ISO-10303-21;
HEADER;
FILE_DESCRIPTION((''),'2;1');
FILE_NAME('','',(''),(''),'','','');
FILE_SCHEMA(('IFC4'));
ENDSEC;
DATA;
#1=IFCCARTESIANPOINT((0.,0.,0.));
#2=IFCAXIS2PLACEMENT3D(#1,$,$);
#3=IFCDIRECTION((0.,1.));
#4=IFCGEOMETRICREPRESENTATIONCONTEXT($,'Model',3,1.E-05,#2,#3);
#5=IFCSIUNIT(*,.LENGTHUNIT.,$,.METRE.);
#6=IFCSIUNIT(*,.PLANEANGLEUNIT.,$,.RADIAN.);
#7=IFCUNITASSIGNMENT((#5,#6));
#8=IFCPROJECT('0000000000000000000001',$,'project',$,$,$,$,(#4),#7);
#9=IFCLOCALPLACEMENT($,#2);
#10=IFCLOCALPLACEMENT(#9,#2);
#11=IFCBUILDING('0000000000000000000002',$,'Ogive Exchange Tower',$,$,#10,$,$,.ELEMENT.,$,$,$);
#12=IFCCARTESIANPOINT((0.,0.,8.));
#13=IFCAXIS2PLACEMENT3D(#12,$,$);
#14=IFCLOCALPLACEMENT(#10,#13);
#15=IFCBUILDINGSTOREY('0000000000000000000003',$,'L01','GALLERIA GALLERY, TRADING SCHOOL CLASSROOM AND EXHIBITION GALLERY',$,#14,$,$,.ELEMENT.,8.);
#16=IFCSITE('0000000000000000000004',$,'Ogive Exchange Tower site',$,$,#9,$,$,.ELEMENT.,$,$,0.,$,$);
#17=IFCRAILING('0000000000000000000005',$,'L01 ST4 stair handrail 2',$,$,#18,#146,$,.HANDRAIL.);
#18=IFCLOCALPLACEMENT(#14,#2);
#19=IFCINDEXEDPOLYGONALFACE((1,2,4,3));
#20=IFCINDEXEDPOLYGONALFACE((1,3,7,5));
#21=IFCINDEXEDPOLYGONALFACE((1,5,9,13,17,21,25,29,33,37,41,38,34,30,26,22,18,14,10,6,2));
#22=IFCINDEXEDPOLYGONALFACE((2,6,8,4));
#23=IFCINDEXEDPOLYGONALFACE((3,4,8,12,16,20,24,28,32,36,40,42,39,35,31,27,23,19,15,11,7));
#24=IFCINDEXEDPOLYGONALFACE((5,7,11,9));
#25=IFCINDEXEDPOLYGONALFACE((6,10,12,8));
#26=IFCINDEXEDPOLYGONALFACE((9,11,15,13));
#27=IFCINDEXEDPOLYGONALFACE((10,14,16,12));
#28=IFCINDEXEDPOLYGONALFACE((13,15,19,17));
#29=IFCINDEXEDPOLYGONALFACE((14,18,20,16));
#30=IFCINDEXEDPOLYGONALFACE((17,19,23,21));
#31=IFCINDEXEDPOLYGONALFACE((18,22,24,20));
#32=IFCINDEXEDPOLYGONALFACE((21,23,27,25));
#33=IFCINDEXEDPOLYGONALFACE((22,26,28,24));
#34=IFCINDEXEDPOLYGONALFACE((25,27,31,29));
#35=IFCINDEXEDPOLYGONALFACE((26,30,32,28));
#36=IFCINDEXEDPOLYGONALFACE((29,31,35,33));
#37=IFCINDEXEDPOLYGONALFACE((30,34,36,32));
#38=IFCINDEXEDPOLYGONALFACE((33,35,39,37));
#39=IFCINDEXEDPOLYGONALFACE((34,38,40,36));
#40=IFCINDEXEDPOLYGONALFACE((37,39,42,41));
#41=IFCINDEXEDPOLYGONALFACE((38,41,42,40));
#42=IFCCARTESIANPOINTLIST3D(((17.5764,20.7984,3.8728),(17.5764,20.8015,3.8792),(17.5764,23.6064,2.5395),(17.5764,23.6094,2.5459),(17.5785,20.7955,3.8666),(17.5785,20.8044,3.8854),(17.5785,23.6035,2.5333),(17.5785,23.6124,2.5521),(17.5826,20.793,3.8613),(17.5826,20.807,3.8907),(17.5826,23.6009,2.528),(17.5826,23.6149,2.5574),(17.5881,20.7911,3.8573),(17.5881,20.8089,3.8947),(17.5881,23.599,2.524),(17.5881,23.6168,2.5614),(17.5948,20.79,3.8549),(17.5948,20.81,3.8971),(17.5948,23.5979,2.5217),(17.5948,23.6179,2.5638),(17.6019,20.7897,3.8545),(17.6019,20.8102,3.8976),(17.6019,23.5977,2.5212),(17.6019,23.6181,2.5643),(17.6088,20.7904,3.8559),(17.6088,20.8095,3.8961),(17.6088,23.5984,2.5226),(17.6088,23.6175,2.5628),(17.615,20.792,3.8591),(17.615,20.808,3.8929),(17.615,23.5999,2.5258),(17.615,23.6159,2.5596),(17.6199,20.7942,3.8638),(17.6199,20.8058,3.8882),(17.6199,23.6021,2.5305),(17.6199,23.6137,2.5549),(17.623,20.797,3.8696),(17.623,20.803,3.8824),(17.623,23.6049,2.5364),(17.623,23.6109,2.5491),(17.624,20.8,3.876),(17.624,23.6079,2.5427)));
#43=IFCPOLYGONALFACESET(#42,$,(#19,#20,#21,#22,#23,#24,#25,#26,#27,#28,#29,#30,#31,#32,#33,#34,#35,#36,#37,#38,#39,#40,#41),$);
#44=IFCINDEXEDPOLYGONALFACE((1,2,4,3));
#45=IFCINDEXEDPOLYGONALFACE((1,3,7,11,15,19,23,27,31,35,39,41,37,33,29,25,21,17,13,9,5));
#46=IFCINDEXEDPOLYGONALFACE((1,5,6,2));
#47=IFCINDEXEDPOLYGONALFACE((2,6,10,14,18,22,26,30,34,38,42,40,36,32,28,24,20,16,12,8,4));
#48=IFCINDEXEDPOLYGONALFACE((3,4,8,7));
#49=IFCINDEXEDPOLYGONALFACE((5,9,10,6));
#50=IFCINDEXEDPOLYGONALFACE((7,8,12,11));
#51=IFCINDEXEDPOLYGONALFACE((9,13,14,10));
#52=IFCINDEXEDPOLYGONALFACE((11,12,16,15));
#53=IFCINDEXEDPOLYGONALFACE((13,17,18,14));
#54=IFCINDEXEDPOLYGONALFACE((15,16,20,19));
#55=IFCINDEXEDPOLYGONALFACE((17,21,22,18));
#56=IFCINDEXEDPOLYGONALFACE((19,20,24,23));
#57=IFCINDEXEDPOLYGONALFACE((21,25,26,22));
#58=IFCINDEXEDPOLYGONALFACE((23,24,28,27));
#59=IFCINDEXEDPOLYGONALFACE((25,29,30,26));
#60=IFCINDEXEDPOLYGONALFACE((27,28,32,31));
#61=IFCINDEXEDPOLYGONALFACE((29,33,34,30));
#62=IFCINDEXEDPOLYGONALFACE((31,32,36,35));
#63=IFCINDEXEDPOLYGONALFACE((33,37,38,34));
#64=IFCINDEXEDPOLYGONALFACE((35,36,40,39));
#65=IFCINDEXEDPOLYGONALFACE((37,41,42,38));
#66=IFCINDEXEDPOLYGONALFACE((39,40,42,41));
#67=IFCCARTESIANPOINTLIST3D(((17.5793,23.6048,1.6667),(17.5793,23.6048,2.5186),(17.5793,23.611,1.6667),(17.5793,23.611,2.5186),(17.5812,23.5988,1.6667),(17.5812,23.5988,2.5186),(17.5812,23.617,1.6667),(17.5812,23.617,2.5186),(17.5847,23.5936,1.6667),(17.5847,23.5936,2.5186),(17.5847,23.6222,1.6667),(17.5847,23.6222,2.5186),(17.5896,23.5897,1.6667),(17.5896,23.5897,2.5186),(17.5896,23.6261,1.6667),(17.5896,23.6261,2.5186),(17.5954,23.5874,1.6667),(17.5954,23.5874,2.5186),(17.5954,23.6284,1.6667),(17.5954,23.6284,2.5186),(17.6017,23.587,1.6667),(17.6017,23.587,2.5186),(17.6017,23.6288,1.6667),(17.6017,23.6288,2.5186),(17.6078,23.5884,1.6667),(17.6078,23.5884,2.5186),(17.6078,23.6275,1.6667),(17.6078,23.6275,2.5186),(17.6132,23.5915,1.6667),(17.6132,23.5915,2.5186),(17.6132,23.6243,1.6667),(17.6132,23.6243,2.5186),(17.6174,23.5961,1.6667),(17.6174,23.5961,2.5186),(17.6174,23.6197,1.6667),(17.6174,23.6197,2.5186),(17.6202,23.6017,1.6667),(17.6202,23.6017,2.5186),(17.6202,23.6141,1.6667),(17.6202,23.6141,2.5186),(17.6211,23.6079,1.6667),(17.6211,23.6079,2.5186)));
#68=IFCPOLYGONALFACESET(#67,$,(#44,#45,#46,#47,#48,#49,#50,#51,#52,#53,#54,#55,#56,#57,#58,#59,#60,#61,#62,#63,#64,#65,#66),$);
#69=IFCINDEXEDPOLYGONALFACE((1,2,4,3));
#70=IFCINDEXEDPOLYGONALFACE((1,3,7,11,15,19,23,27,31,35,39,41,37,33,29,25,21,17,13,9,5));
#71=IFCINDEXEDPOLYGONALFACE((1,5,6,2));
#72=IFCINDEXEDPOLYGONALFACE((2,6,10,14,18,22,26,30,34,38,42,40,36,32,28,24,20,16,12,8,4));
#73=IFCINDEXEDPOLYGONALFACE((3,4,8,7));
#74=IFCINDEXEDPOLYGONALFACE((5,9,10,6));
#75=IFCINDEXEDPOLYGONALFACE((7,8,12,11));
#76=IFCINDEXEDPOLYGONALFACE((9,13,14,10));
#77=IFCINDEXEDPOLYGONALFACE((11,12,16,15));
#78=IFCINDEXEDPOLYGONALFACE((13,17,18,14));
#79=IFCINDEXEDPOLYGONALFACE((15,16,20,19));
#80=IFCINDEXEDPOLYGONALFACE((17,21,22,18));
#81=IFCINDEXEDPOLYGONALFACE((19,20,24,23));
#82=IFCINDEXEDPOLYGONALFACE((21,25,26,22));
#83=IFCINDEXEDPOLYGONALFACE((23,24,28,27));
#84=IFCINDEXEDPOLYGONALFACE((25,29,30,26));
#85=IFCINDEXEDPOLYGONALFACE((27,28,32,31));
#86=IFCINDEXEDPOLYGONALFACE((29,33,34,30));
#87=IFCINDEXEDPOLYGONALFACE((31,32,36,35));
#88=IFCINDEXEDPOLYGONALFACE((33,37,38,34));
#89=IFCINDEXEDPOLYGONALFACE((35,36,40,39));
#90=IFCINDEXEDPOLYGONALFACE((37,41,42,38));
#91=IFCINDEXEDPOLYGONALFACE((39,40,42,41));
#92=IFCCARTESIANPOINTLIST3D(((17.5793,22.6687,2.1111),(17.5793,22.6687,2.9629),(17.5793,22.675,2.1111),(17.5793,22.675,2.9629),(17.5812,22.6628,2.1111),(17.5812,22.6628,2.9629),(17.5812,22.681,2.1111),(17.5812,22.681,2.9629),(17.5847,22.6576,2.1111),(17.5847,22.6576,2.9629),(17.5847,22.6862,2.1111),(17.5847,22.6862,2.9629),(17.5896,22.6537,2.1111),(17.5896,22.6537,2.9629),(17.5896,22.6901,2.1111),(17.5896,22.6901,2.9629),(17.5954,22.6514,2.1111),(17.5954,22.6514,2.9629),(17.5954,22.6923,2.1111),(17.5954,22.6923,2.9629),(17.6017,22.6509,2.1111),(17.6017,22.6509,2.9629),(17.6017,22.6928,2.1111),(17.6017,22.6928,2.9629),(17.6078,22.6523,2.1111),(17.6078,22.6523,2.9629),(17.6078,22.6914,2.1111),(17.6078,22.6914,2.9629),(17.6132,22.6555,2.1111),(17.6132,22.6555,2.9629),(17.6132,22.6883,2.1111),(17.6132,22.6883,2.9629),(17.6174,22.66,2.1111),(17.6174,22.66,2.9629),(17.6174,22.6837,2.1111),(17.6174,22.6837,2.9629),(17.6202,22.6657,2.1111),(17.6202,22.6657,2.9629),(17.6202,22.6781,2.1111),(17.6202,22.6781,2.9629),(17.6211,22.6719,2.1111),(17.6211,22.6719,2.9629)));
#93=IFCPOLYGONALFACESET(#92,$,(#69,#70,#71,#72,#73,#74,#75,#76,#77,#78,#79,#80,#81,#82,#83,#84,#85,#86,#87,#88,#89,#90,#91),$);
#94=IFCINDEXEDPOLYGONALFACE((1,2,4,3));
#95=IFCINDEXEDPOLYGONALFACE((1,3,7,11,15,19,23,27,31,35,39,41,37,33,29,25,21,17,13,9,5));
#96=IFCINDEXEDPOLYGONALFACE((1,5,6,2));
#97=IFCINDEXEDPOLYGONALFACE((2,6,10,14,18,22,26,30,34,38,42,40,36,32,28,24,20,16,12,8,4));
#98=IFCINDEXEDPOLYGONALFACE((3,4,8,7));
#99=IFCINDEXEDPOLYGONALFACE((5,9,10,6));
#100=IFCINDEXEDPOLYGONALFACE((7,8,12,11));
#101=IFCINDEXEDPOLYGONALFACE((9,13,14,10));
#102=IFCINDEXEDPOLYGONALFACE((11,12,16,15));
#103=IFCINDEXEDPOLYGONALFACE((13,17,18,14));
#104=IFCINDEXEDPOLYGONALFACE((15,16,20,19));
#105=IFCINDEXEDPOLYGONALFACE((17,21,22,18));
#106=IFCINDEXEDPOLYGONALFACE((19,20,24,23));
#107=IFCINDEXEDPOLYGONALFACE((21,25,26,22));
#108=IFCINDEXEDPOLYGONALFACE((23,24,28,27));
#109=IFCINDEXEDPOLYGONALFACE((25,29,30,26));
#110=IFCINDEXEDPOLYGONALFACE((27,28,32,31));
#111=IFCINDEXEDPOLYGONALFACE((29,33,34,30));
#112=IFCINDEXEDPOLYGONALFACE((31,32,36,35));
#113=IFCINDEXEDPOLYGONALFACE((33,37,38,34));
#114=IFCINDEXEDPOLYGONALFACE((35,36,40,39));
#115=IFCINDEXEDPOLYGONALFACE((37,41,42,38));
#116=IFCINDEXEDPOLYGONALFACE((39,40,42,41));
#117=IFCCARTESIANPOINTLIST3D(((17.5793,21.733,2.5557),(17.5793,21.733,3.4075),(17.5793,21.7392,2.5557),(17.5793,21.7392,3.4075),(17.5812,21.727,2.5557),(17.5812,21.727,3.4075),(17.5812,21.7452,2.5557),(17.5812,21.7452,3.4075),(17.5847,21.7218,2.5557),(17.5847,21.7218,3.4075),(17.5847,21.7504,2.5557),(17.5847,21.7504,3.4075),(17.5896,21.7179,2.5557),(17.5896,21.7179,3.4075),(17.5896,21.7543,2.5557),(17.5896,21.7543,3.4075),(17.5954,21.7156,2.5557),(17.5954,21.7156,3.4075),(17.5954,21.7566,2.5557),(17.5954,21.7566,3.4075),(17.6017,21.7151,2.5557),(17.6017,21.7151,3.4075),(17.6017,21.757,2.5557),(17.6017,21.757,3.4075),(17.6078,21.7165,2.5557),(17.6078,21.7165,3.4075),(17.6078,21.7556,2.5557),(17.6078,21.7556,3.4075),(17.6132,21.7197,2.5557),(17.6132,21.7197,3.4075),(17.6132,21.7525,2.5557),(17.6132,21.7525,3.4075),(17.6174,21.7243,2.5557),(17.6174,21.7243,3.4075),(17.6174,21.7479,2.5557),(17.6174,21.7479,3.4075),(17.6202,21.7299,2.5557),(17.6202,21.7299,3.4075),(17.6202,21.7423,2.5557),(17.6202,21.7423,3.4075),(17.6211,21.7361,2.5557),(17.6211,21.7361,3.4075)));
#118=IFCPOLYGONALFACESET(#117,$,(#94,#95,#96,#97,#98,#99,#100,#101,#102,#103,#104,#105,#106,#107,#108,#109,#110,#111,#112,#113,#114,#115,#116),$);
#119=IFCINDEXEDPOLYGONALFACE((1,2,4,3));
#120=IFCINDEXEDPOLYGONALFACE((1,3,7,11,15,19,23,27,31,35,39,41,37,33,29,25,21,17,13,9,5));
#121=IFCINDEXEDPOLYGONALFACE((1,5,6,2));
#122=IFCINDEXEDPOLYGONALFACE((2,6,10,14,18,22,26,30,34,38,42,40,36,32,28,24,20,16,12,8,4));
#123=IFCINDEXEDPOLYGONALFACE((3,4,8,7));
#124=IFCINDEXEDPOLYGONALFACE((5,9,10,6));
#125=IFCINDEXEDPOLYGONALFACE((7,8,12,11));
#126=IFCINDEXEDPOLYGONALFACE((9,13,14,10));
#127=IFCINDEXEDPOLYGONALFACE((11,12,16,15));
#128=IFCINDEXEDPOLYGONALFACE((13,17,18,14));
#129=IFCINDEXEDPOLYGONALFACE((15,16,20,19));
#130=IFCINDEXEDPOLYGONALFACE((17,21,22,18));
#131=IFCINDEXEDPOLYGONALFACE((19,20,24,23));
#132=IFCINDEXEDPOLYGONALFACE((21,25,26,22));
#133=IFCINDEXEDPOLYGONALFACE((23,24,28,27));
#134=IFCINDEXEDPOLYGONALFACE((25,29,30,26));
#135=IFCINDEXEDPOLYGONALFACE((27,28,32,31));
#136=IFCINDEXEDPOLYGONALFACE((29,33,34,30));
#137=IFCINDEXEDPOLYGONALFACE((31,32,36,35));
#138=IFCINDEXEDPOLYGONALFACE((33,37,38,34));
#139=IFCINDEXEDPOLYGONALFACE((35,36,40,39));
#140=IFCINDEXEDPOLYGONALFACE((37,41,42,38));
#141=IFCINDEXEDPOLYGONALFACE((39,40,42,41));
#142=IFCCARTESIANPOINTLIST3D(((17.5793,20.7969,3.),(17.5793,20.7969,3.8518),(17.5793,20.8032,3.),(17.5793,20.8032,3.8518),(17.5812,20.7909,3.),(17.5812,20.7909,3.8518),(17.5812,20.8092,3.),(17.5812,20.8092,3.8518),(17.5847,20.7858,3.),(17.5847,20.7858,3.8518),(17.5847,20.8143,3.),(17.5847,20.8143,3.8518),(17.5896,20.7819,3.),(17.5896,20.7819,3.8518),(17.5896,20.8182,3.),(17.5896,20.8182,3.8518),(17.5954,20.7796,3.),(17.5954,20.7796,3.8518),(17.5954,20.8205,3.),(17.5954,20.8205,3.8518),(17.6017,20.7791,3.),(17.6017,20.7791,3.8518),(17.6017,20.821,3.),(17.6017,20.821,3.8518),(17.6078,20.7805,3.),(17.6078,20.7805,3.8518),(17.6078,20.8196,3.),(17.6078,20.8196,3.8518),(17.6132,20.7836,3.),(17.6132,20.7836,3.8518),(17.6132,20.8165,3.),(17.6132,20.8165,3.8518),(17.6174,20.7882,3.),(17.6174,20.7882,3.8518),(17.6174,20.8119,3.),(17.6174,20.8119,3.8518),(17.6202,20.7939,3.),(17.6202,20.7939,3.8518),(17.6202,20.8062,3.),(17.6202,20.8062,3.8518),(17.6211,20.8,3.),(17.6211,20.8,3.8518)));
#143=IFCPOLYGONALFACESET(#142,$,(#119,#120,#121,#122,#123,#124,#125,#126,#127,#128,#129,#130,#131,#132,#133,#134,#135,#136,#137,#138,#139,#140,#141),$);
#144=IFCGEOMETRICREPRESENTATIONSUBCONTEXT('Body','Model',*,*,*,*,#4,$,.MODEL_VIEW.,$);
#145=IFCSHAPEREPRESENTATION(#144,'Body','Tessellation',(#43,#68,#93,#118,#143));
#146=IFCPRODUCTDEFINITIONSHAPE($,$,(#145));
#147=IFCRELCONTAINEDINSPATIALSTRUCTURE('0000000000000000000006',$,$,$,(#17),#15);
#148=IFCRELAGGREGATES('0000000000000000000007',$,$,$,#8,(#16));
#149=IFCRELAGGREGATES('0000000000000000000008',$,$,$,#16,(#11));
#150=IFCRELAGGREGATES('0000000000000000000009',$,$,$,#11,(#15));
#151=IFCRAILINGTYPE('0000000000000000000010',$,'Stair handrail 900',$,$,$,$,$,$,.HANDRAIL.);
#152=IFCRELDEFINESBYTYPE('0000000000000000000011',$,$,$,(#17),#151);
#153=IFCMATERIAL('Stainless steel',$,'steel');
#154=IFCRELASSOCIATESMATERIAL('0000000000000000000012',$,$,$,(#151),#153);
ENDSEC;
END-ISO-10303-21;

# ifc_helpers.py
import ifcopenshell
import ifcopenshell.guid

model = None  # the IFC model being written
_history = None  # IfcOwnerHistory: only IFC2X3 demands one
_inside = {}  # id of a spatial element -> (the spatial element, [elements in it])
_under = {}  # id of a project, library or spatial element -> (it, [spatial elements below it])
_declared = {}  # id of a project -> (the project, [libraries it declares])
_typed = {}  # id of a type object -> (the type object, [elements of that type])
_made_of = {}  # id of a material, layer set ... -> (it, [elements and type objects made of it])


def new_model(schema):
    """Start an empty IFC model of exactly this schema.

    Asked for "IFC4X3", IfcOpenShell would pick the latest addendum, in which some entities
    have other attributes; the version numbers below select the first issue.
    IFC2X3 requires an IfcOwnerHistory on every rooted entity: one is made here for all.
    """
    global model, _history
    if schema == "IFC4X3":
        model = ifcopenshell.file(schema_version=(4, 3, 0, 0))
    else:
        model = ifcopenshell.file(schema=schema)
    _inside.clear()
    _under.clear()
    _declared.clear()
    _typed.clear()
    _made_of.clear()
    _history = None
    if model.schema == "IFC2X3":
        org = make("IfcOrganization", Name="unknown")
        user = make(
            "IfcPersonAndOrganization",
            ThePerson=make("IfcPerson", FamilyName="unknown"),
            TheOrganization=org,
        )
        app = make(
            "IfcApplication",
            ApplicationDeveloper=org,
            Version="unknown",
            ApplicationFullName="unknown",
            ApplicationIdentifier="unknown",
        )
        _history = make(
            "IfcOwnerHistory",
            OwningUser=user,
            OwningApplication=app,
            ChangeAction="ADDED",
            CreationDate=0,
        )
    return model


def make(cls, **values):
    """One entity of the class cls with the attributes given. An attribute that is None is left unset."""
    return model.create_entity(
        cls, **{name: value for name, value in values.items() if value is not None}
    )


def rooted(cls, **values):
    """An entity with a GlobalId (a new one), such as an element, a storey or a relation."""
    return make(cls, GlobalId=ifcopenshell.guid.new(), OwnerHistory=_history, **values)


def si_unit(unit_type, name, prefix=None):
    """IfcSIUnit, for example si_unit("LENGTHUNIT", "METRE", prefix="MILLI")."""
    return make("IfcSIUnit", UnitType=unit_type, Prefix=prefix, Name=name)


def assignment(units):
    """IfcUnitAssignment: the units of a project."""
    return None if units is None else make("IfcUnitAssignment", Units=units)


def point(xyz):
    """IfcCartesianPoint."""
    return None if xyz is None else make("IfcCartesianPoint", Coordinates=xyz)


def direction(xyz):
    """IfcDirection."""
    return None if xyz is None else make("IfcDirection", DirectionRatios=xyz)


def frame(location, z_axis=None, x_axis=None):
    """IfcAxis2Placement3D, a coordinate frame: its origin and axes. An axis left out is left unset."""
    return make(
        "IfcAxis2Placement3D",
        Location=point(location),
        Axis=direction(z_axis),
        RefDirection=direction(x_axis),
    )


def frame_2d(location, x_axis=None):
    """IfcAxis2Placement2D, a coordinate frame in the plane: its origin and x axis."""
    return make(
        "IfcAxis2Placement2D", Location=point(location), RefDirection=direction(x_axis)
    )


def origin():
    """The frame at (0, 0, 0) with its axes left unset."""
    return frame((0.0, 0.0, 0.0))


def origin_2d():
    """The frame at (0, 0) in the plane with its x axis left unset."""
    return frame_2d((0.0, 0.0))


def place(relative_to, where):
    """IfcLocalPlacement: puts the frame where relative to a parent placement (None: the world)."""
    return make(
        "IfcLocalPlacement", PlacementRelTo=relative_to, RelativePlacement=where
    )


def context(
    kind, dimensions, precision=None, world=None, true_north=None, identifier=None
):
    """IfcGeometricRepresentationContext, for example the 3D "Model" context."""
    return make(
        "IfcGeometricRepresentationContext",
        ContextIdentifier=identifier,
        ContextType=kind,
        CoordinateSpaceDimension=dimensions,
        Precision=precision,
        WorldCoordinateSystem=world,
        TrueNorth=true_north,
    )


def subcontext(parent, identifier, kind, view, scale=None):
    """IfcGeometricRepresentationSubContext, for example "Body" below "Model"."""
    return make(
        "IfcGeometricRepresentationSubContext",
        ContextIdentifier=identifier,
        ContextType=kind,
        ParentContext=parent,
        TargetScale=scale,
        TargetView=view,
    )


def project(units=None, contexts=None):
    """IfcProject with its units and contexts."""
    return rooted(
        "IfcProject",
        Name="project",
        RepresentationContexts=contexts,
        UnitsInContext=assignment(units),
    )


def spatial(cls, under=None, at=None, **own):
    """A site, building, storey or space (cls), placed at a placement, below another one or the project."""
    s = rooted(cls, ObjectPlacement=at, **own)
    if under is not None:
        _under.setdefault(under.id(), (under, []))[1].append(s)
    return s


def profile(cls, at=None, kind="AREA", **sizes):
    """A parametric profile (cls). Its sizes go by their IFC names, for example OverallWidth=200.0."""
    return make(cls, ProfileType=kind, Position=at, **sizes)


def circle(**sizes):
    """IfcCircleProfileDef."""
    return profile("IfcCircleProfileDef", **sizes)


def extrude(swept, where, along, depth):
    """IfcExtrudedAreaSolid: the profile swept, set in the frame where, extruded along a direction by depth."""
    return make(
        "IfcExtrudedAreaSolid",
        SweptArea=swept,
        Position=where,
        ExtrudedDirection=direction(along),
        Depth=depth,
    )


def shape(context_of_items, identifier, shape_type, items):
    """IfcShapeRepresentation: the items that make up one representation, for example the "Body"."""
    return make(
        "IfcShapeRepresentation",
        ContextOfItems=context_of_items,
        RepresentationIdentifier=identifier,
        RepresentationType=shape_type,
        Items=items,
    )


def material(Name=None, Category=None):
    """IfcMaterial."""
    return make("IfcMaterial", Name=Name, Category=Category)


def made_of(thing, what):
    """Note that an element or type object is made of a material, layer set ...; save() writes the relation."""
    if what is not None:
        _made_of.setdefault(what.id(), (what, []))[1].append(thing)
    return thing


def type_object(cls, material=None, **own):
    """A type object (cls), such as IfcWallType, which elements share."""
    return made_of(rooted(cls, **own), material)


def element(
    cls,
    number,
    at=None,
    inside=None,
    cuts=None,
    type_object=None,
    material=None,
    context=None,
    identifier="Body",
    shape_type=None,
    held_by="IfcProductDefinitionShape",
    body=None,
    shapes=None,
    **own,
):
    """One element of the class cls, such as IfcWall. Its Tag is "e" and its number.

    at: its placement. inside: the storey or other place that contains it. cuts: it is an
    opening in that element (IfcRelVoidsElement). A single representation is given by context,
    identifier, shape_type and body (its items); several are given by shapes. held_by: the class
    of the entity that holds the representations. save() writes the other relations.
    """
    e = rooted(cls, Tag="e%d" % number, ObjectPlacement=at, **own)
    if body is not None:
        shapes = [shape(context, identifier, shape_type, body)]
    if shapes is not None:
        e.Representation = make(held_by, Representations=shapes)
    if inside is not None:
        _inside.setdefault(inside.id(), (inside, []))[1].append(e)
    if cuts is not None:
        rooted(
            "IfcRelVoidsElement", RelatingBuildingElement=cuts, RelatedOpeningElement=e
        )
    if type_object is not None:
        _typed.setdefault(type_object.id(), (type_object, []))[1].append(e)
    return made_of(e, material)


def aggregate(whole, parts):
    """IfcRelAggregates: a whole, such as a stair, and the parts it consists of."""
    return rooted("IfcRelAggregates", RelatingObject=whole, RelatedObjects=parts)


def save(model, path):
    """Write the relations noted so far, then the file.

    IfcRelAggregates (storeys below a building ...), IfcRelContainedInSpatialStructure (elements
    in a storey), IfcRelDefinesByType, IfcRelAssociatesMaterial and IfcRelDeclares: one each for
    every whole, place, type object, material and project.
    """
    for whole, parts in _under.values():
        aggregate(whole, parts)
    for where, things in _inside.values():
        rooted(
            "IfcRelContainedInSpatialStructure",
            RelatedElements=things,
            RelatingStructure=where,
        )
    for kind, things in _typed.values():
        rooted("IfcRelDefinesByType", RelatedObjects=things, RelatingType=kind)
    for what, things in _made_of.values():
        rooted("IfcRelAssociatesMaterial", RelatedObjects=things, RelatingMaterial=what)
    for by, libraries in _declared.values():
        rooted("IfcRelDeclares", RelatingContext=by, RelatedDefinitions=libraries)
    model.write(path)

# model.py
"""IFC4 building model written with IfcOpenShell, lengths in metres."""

from ifc_helpers import new_model, si_unit, direction, frame, origin, origin_2d, place, context, subcontext, project, spatial, circle, extrude, material, type_object, element, save


model = new_model("IFC4")

# Units and contexts
model_context = context("Model", 3, precision=1e-05, world=origin(), true_north=direction((0.0, 1.0)))
body_context = subcontext(model_context, "Body", "Model", "MODEL_VIEW")
ifc_project = project(units=[si_unit("LENGTHUNIT", "METRE"), si_unit("PLANEANGLEUNIT", "RADIAN")], contexts=[model_context])

# Site, building, storey
site_placement = place(None, origin())
site = spatial("IfcSite", under=ifc_project, at=site_placement, Name="Ogive Exchange Tower site", CompositionType="ELEMENT", RefElevation=0.0)
building_placement = place(site_placement, origin())
building = spatial("IfcBuilding", under=site, at=building_placement, Name="Ogive Exchange Tower", CompositionType="ELEMENT")
storey_placement = place(building_placement, frame((0.0, 0.0, 8.0)))
storey = spatial("IfcBuildingStorey", under=building, at=storey_placement, Name="L01", Description="GALLERIA GALLERY, TRADING SCHOOL CLASSROOM AND EXHIBITION GALLERY", CompositionType="ELEMENT", Elevation=8.0)

# Railing
ifc_material_1 = material(Name="Stainless steel", Category="steel")
railing_type = type_object("IfcRailingType", Name="Stair handrail 900", PredefinedType="HANDRAIL", material=ifc_material_1)
railing_1_placement = place(storey_placement, frame((17.6001, 23.6079, 1.6667)))
element("IfcRailing", 1, at=railing_1_placement, inside=storey, type_object=railing_type, Name="L01 ST4 stair handrail 2", PredefinedType="HANDRAIL", context=body_context, shape_type="SweptSolid", body=[
    extrude(circle(Radius=0.0239, at=origin_2d()), frame((0.0, 0.0, 0.876), z_axis=(0.0, -0.903338, 0.42893), x_axis=(1.0, 0.0, 0.0)), (0.0, 0.0, 1.0), 3.1084),
    extrude(circle(Radius=0.021, at=origin_2d()), origin(), (0.0, 0.0, 1.0), 0.8518),
    extrude(circle(Radius=0.021, at=origin_2d()), frame((0.0, -0.936, 0.4443)), (0.0, 0.0, 1.0), 0.8518),
    extrude(circle(Radius=0.021, at=origin_2d()), frame((0.0, -1.8718, 0.8889)), (0.0, 0.0, 1.0), 0.8518),
    extrude(circle(Radius=0.021, at=origin_2d()), frame((0.0, -2.8079, 1.3333)), (0.0, 0.0, 1.0), 0.8518),
])

save(model, "model.ifc")
